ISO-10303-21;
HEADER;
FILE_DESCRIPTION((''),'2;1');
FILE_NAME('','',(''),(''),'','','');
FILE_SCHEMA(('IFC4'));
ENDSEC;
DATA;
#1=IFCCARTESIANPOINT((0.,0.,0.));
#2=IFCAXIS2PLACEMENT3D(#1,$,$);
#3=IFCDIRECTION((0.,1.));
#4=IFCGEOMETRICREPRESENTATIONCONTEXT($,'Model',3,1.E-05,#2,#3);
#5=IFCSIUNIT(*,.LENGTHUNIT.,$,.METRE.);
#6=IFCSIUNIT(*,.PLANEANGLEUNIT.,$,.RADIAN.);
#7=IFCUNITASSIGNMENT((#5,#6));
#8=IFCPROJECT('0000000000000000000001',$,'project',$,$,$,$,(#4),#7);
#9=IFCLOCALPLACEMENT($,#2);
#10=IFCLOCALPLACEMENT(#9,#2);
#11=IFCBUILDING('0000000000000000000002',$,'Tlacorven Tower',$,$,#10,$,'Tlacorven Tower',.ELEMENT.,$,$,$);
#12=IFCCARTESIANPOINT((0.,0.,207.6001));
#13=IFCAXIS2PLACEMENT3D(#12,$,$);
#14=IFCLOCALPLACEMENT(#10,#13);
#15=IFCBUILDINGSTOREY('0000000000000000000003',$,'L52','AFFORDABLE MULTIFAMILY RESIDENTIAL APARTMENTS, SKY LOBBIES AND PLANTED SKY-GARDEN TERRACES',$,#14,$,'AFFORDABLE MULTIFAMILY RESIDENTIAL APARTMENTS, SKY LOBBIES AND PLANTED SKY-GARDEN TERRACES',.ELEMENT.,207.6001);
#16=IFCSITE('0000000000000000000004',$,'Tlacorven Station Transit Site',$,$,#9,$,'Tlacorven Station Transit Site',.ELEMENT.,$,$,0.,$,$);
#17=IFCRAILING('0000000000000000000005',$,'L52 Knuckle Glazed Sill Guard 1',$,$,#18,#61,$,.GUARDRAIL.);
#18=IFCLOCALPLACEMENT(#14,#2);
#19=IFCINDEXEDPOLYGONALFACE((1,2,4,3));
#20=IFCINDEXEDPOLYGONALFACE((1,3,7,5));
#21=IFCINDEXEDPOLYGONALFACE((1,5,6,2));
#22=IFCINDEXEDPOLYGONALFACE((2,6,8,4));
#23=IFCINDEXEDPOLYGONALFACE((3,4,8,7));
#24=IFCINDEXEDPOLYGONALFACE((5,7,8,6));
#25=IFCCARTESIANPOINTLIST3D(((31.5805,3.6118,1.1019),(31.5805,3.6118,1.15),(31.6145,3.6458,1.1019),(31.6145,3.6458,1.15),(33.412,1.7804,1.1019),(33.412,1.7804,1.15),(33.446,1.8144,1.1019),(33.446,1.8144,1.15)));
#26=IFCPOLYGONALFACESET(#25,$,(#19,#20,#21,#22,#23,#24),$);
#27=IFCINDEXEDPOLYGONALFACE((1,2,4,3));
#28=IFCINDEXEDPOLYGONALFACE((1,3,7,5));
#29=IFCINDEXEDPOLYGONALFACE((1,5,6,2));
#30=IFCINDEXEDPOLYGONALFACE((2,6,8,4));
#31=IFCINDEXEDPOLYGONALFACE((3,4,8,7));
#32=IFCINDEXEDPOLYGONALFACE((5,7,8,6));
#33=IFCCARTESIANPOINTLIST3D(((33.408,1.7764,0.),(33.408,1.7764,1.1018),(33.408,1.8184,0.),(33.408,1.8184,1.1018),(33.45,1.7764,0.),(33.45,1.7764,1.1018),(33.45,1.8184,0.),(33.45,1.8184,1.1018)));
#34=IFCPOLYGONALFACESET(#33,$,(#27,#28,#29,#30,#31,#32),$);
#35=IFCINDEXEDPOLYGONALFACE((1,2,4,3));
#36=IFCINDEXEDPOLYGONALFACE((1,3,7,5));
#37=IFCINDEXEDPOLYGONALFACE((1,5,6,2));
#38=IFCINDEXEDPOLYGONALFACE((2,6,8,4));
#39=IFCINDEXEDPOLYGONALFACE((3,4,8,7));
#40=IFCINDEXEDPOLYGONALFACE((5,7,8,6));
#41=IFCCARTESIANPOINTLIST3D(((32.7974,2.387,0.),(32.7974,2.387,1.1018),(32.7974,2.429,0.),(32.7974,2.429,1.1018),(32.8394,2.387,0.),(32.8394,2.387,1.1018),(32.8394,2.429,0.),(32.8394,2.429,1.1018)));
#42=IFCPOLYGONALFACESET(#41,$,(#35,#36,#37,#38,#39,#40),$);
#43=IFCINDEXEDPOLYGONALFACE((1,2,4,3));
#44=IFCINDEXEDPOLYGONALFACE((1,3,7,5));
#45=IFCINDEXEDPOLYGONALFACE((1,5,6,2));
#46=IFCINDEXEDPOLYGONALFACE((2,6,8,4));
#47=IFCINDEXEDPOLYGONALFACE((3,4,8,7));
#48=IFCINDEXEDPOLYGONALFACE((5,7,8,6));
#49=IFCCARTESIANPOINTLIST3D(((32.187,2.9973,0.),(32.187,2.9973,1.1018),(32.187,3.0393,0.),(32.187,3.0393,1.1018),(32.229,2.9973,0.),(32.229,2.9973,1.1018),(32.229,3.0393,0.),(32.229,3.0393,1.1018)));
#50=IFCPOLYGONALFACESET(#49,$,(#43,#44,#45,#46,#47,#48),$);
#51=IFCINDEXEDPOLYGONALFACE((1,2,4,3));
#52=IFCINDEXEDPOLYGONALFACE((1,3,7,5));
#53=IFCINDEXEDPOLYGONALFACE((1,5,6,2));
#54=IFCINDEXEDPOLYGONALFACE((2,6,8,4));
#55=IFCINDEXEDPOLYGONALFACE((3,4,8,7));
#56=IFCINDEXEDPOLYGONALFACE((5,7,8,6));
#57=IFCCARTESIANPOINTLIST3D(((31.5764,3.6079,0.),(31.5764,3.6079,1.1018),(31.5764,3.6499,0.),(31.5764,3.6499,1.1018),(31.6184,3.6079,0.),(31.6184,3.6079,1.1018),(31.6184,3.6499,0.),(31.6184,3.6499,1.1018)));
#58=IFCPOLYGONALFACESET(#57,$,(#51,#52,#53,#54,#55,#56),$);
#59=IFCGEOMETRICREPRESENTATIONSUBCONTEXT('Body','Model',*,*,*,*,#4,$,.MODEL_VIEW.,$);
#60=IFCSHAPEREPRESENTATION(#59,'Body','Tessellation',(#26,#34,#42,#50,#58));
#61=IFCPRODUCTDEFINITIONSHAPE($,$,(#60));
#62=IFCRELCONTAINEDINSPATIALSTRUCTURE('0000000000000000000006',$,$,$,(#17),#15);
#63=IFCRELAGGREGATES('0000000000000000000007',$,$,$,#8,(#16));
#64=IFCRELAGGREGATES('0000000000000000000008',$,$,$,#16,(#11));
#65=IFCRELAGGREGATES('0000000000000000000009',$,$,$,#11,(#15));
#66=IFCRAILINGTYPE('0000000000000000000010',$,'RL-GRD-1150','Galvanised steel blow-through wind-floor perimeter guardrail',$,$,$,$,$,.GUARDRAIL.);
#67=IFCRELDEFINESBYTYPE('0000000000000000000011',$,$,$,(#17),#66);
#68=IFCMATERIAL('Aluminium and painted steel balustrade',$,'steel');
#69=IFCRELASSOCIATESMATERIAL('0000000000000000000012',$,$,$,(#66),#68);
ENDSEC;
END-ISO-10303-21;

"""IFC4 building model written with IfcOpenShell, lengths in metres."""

from ifc_helpers import new_model, si_unit, direction, frame, origin, origin_2d, place, context, subcontext, project, spatial, rectangle, extrude, source, transform, mapped, material, type_object, element, save


model = new_model("IFC4")

# Units and contexts
model_context = context("Model", 3, precision=1e-05, world=origin(), true_north=direction((0.0, 1.0)))
body_context = subcontext(model_context, "Body", "Model", "MODEL_VIEW")
ifc_project = project(units=[si_unit("LENGTHUNIT", "METRE"), si_unit("PLANEANGLEUNIT", "RADIAN")], contexts=[model_context])

# Site, building, storey
site_placement = place(None, origin())
site = spatial("IfcSite", under=ifc_project, at=site_placement, Name="Tlacorven Station Transit Site", LongName="Tlacorven Station Transit Site", CompositionType="ELEMENT", RefElevation=0.0)
building_placement = place(site_placement, origin())
building = spatial("IfcBuilding", under=site, at=building_placement, Name="Tlacorven Tower", LongName="Tlacorven Tower", CompositionType="ELEMENT")
storey_placement = place(building_placement, frame((0.0, 0.0, 207.6001)))
storey = spatial("IfcBuildingStorey", under=building, at=storey_placement, Name="L52", Description="AFFORDABLE MULTIFAMILY RESIDENTIAL APARTMENTS, SKY LOBBIES AND PLANTED SKY-GARDEN TERRACES", LongName="AFFORDABLE MULTIFAMILY RESIDENTIAL APARTMENTS, SKY LOBBIES AND PLANTED SKY-GARDEN TERRACES", CompositionType="ELEMENT", Elevation=207.6001)

# Railing
ifc_material_1 = material(Name="Aluminium and painted steel balustrade", Category="steel")
railing_type = type_object("IfcRailingType", Name="RL-GRD-1150", Description="Galvanised steel blow-through wind-floor perimeter guardrail", PredefinedType="GUARDRAIL", material=ifc_material_1)
shared_shape_1 = source(origin(), body_context, "Body", "SweptSolid", [
    extrude(rectangle(XDim=0.0481, YDim=0.0481, at=origin_2d()), frame((0.0, 0.0, 1.126), z_axis=(-0.707107, 0.707107, 0.0), x_axis=(-0.707107, -0.707107, 0.0)), (0.0, 0.0, 1.0), 2.5901),
    extrude(rectangle(XDim=0.042, YDim=0.042, at=origin_2d()), origin(), (0.0, 0.0, 1.0), 1.1018),
    extrude(rectangle(XDim=0.042, YDim=0.042, at=origin_2d()), frame((-0.6106, 0.6106, 0.0)), (0.0, 0.0, 1.0), 1.1018),
    extrude(rectangle(XDim=0.042, YDim=0.042, at=origin_2d()), frame((-1.2209, 1.2209, 0.0)), (0.0, 0.0, 1.0), 1.1018),
    extrude(rectangle(XDim=0.042, YDim=0.042, at=origin_2d()), frame((-1.8315, 1.8315, 0.0)), (0.0, 0.0, 1.0), 1.1018),
])
railing_placement = place(storey_placement, frame((33.429, 1.7974, 0.0)))
element("IfcRailing", 1, at=railing_placement, inside=storey, type_object=railing_type, Name="L52 Knuckle Glazed Sill Guard 1", PredefinedType="GUARDRAIL", context=body_context, shape_type="MappedRepresentation", body=[
    mapped(shared_shape_1, transform((0.0, 0.0, 0.0), scale=1.0)),
])

save(model, "model.ifc")
